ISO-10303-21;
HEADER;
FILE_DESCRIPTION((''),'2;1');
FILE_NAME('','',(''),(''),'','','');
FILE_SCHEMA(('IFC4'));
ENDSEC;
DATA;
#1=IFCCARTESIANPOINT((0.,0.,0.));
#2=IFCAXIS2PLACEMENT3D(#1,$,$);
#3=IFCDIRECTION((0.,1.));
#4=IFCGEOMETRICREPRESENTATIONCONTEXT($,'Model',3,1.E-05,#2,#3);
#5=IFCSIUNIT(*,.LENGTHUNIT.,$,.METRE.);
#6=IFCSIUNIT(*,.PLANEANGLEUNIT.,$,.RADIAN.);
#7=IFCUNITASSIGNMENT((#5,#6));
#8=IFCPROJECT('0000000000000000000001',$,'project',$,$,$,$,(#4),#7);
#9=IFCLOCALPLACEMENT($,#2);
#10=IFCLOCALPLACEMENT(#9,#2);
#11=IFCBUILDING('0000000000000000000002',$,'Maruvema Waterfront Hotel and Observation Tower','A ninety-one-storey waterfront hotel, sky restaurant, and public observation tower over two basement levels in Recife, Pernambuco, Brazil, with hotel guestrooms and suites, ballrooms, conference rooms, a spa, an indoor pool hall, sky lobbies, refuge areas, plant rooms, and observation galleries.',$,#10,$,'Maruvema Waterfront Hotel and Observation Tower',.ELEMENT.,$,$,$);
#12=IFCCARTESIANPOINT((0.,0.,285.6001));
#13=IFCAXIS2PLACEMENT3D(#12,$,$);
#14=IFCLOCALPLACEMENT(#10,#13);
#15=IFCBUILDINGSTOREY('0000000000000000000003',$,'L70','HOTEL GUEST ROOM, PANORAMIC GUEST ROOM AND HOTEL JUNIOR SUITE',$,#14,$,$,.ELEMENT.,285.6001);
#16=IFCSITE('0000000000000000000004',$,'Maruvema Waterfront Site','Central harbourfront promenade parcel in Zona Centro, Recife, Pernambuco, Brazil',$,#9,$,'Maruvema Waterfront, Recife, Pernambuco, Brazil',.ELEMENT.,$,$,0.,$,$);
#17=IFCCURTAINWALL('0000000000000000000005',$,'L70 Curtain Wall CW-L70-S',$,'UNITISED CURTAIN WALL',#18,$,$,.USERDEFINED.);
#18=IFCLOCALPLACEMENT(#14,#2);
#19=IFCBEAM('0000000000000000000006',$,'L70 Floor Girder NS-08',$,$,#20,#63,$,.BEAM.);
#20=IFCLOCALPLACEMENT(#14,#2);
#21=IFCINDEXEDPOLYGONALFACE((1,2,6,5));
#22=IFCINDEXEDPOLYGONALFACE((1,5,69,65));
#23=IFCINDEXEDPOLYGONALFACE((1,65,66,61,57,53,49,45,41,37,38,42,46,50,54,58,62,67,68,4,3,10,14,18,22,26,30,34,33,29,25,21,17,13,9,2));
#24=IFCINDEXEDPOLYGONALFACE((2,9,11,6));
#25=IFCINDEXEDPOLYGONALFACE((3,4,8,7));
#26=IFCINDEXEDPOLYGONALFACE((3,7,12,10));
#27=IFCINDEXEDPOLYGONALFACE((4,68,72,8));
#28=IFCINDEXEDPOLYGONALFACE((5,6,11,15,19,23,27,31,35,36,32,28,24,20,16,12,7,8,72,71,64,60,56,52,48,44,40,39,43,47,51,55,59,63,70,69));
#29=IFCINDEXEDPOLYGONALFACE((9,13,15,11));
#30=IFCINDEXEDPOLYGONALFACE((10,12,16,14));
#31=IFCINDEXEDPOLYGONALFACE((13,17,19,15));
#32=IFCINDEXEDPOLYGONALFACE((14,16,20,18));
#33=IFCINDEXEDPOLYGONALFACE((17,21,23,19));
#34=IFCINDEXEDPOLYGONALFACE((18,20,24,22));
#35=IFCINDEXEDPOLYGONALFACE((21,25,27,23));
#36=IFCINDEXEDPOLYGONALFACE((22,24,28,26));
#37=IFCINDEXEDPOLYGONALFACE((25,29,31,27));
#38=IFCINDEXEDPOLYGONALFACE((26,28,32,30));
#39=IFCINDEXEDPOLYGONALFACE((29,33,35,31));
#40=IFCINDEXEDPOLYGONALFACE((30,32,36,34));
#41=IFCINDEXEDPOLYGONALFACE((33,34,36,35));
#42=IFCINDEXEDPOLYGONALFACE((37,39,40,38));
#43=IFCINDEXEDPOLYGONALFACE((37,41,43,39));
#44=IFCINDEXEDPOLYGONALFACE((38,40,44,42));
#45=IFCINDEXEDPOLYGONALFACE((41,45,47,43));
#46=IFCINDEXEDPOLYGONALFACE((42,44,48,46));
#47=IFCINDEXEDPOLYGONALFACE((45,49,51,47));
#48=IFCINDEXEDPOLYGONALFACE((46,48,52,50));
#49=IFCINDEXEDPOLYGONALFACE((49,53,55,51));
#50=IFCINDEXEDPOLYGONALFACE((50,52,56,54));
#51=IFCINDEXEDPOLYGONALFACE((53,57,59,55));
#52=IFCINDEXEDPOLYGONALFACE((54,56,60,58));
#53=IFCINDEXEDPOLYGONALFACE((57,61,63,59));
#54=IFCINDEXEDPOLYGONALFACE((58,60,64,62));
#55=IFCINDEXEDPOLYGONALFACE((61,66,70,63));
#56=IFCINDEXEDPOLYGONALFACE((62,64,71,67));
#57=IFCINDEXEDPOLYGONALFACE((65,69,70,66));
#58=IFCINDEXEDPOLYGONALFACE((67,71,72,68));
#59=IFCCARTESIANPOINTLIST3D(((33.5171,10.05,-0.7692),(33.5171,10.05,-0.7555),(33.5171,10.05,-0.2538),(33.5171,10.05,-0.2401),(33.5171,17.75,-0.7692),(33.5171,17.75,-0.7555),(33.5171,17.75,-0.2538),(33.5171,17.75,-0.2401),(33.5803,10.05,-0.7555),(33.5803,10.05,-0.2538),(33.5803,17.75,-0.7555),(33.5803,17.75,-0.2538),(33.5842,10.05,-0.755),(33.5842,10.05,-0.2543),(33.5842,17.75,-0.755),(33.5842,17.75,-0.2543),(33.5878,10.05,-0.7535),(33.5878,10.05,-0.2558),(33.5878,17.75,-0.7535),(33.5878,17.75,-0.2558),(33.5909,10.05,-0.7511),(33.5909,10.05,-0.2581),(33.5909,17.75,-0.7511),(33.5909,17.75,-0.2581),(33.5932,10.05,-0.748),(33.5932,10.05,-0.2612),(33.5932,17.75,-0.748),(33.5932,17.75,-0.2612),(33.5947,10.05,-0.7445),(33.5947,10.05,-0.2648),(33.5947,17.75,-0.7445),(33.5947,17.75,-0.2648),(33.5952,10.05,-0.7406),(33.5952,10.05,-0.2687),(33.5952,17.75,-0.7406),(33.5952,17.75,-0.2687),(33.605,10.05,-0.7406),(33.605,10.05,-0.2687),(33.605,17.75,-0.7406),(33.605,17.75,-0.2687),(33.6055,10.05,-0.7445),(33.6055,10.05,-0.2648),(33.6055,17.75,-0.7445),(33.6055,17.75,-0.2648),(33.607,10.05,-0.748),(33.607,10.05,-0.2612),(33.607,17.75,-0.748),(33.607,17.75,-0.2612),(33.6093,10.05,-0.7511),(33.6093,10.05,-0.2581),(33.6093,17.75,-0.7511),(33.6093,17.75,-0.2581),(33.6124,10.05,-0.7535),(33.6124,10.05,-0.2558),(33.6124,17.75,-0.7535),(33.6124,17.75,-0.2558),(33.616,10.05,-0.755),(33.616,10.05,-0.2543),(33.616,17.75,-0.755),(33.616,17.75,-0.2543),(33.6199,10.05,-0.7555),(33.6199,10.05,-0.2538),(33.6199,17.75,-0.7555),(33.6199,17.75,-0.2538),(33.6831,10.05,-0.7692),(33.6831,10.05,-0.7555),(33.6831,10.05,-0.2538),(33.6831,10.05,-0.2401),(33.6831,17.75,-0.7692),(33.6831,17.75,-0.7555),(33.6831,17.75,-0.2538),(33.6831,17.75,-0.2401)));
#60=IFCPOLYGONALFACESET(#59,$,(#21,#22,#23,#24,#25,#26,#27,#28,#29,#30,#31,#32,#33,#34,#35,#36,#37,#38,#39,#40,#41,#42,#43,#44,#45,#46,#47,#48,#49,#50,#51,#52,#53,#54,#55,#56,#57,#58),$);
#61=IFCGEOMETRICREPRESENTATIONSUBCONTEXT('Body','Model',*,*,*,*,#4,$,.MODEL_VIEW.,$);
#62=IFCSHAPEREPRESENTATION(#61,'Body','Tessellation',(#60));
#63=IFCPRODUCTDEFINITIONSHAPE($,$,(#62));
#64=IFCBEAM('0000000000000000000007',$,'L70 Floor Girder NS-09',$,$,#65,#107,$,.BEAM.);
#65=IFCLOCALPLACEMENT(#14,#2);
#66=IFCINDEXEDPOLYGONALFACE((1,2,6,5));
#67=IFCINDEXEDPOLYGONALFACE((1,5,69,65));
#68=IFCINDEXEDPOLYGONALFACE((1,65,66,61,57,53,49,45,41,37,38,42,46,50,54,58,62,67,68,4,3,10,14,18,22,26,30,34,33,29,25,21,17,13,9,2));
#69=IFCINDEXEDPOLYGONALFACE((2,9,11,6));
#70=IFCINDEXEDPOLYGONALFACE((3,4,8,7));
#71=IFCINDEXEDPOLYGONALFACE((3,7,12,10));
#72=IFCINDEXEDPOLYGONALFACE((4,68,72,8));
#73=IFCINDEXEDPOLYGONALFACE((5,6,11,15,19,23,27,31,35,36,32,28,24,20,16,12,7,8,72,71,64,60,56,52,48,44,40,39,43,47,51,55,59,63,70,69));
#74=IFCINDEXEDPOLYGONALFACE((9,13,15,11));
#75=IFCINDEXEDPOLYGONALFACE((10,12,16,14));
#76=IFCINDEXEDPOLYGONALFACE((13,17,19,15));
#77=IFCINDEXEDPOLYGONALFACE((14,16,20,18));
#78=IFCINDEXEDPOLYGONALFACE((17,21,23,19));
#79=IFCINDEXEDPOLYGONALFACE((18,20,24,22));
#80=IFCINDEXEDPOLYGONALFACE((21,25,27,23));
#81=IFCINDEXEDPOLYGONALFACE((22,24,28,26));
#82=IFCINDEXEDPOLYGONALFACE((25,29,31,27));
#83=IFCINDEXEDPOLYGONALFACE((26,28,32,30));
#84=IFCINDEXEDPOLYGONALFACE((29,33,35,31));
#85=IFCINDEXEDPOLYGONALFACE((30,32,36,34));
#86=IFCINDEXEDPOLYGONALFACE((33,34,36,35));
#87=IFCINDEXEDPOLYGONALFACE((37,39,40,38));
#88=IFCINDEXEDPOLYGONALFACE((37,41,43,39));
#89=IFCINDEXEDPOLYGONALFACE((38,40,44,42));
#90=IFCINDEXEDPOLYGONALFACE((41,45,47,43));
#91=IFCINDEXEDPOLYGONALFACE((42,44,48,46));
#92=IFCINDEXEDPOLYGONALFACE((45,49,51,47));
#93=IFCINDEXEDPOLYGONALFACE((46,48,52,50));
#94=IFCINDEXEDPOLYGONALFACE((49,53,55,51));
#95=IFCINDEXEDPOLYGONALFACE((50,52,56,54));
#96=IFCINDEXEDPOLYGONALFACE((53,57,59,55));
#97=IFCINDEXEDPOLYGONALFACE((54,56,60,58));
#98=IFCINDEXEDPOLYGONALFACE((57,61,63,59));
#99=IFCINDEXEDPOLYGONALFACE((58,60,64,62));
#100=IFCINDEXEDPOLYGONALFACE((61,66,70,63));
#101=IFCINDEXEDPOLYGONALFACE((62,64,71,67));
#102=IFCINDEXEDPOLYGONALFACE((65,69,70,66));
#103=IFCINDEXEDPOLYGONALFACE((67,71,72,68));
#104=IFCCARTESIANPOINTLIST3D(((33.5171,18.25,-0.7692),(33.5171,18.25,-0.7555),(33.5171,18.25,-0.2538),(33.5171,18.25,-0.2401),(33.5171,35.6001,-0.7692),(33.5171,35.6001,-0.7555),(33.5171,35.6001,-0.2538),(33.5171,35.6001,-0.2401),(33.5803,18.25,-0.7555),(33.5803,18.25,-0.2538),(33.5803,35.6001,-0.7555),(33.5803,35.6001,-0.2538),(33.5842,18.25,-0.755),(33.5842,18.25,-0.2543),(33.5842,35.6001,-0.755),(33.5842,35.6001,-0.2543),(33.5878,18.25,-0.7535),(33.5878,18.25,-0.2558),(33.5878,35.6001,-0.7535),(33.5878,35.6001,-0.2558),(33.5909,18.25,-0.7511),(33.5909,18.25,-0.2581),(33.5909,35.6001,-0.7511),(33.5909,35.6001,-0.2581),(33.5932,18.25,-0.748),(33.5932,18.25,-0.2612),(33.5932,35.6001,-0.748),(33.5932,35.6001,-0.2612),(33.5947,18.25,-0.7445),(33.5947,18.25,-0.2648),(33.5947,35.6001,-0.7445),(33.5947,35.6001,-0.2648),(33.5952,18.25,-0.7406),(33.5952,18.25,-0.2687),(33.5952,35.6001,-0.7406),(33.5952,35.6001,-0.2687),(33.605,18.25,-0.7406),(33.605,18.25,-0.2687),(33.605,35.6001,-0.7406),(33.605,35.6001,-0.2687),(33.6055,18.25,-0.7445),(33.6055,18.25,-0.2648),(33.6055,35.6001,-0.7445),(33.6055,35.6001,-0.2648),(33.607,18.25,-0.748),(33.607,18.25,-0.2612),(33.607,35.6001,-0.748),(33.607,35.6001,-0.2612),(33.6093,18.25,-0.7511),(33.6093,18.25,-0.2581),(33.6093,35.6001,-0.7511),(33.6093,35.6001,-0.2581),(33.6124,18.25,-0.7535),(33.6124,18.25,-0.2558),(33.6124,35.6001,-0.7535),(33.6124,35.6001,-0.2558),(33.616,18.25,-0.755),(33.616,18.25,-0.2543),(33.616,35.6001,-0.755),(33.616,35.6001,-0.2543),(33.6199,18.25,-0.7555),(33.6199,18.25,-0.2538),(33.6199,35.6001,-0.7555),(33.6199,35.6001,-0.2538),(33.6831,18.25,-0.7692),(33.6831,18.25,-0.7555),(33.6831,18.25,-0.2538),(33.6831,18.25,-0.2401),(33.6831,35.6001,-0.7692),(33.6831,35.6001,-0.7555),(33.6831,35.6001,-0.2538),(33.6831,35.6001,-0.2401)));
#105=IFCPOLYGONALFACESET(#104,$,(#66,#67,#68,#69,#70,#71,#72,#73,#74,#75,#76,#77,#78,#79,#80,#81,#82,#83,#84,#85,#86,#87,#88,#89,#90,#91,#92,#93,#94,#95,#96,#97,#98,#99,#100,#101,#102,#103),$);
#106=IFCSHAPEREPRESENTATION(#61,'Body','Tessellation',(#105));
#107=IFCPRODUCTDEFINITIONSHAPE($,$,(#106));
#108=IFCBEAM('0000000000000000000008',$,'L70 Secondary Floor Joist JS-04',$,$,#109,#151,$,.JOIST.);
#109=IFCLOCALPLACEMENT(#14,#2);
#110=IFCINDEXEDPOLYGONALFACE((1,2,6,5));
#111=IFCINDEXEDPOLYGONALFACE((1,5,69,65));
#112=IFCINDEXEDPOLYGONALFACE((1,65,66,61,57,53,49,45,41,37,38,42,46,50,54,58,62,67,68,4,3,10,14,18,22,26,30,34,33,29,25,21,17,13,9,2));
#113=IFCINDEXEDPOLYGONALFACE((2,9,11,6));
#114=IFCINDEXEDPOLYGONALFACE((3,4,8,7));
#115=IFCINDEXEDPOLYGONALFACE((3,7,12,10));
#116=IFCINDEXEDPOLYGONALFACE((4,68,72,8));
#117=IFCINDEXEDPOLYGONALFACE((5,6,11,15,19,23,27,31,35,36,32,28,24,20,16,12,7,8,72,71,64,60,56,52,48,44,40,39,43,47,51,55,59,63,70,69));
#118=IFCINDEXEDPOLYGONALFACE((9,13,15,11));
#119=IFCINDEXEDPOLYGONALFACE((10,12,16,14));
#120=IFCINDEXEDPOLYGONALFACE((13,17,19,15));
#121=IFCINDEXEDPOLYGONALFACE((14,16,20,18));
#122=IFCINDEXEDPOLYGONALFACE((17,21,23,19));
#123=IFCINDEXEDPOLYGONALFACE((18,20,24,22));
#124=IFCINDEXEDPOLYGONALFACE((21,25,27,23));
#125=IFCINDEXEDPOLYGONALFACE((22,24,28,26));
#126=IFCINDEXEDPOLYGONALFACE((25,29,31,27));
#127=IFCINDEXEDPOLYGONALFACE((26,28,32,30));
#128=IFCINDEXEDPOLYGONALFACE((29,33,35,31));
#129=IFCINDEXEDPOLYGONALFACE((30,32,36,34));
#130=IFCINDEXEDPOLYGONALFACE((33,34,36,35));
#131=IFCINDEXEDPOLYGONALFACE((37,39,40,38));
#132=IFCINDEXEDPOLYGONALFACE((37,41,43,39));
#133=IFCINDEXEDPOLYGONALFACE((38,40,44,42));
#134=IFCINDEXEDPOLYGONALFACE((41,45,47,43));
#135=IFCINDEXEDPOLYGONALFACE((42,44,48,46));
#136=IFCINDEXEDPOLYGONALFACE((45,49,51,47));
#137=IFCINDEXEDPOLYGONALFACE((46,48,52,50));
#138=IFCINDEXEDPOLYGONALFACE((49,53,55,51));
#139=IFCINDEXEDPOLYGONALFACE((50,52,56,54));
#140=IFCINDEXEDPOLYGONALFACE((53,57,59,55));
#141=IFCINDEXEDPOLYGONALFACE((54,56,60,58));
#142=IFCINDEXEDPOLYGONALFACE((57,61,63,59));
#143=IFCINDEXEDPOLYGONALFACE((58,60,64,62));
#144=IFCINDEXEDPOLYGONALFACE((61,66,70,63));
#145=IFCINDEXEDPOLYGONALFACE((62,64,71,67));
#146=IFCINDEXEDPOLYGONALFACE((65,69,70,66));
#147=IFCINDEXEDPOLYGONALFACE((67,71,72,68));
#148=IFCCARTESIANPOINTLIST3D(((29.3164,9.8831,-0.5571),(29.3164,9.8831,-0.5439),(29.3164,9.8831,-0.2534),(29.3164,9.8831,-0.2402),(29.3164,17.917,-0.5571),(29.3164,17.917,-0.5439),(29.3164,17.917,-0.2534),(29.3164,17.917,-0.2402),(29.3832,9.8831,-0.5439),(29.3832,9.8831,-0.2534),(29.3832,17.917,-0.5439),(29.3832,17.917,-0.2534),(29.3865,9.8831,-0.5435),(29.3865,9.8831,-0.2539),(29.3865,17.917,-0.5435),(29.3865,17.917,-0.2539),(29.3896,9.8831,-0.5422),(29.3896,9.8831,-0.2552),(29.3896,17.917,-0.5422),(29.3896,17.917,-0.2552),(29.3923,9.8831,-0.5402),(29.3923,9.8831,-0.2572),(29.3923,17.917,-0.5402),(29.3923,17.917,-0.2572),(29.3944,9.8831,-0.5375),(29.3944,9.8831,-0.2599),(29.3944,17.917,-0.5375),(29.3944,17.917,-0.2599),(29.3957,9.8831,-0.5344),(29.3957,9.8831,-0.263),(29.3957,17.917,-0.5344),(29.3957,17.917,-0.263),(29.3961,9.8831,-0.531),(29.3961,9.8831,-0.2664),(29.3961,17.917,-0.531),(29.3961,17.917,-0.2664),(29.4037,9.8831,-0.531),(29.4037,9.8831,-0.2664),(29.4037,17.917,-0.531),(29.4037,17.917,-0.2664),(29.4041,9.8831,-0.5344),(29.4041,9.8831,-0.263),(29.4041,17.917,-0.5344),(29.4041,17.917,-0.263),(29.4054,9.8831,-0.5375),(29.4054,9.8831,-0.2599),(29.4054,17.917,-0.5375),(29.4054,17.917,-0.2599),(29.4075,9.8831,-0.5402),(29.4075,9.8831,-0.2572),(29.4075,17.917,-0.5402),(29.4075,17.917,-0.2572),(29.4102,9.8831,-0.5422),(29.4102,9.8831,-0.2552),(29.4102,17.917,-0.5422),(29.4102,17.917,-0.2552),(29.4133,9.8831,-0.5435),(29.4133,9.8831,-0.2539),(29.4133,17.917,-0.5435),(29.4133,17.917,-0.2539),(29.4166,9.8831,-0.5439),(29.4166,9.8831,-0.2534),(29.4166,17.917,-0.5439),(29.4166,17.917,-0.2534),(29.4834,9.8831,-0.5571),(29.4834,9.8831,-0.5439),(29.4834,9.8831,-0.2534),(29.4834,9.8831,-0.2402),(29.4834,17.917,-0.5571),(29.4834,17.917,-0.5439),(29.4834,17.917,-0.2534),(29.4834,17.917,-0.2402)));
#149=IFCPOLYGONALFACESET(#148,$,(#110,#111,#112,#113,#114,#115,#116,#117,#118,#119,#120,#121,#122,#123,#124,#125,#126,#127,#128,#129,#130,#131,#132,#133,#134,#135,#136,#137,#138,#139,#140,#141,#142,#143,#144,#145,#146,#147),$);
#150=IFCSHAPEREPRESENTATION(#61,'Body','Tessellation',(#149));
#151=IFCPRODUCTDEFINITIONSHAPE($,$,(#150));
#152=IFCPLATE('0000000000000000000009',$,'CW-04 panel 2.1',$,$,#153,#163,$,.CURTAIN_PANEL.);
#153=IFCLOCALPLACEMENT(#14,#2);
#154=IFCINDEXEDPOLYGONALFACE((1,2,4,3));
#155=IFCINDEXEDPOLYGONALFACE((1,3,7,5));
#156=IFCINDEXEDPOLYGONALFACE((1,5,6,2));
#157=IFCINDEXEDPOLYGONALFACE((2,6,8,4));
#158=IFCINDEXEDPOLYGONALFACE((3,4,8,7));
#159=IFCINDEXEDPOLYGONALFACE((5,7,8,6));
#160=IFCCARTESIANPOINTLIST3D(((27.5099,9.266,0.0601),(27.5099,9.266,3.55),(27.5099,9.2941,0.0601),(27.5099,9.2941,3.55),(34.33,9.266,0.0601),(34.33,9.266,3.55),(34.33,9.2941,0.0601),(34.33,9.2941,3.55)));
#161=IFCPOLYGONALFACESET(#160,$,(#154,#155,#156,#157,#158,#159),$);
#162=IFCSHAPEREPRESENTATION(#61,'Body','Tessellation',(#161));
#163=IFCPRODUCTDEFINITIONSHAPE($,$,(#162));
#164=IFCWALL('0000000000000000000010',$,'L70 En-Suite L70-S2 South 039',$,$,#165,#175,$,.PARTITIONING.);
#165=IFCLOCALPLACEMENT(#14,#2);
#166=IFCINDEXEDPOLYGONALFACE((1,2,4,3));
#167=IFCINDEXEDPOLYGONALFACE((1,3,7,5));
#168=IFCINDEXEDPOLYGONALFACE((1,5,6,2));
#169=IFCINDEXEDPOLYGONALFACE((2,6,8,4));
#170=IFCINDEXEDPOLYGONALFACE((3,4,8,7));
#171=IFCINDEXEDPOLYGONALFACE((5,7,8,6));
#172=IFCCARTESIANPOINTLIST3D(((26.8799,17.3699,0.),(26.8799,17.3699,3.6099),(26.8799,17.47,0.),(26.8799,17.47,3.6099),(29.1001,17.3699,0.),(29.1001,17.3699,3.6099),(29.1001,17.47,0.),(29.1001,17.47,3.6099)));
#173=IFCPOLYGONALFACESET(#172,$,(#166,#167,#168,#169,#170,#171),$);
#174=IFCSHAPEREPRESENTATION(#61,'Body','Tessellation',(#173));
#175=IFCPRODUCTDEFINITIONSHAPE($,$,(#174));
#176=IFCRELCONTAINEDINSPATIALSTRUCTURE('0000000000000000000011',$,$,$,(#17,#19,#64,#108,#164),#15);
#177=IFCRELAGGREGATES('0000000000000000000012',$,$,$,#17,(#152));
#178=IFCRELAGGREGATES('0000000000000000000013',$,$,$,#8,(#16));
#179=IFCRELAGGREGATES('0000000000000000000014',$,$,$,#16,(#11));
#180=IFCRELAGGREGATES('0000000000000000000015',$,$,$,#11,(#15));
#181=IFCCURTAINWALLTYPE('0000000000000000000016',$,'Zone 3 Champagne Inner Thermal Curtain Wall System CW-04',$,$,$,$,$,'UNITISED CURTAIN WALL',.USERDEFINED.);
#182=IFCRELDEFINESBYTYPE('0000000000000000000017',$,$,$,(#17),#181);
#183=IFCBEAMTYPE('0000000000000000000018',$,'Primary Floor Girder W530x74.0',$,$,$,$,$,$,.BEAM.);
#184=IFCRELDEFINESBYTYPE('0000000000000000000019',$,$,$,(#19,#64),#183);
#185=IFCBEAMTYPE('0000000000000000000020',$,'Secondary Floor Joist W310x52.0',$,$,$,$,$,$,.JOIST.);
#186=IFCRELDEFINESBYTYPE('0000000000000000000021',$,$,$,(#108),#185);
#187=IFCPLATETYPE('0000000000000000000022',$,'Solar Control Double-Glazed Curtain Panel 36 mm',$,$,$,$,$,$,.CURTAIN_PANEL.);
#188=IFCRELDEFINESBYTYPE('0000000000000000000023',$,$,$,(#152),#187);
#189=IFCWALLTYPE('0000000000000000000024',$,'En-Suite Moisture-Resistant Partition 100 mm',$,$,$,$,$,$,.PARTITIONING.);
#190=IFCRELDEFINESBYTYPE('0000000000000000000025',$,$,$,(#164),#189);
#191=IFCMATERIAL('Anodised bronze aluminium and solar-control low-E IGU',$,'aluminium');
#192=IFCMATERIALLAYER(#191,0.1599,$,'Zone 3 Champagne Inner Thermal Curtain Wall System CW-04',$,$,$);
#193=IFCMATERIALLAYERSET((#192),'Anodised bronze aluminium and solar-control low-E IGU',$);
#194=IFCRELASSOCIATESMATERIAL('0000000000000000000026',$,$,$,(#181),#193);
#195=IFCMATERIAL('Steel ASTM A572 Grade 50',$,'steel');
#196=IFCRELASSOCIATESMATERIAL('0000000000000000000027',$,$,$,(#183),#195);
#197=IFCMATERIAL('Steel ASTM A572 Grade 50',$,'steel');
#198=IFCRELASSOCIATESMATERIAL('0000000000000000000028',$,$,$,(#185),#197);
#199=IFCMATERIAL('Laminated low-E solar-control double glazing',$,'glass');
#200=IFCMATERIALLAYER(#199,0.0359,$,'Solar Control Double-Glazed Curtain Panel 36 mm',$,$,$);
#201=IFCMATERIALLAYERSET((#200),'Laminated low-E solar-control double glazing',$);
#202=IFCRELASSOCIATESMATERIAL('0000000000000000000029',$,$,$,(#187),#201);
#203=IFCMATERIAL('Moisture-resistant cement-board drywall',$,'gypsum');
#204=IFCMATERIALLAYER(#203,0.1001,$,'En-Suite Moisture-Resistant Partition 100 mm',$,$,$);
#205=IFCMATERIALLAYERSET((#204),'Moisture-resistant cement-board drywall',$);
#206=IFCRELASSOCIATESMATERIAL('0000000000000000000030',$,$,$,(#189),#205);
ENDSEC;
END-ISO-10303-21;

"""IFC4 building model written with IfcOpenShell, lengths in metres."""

from ifc_helpers import new_model, si_unit, direction, frame, frame_2d, origin, origin_2d, place, context, subcontext, project, spatial, rectangle, i_section, extrude, material, layer, layer_set, material_profile, profile_set, type_object, element, aggregate, save


model = new_model("IFC4")

# Units and contexts
model_context = context("Model", 3, precision=1e-05, world=origin(), true_north=direction((0.0, 1.0)))
body_context = subcontext(model_context, "Body", "Model", "MODEL_VIEW")
ifc_project = project(units=[si_unit("LENGTHUNIT", "METRE"), si_unit("PLANEANGLEUNIT", "RADIAN")], contexts=[model_context])

# Site, building, storey
site_placement = place(None, origin())
site = spatial("IfcSite", under=ifc_project, at=site_placement, Name="Maruvema Waterfront Site", Description="Central harbourfront promenade parcel in Zona Centro, Recife, Pernambuco, Brazil", LongName="Maruvema Waterfront, Recife, Pernambuco, Brazil", CompositionType="ELEMENT", RefElevation=0.0)
building_placement = place(site_placement, origin())
building = spatial("IfcBuilding", under=site, at=building_placement, Name="Maruvema Waterfront Hotel and Observation Tower", Description="A ninety-one-storey waterfront hotel, sky restaurant, and public observation tower over two basement levels in Recife, Pernambuco, Brazil, with hotel guestrooms and suites, ballrooms, conference rooms, a spa, an indoor pool hall, sky lobbies, refuge areas, plant rooms, and observation galleries.", LongName="Maruvema Waterfront Hotel and Observation Tower", CompositionType="ELEMENT")
storey_placement = place(building_placement, frame((0.0, 0.0, 285.6001)))
storey = spatial("IfcBuildingStorey", under=building, at=storey_placement, Name="L70", Description="HOTEL GUEST ROOM, PANORAMIC GUEST ROOM AND HOTEL JUNIOR SUITE", CompositionType="ELEMENT", Elevation=285.6001)

# Curtain wall
ifc_material_1 = material(Name="Anodised bronze aluminium and solar-control low-E IGU", Category="aluminium")
ifc_layer_1 = layer(ifc_material_1, 0.1599, Name="Zone 3 Champagne Inner Thermal Curtain Wall System CW-04")
ifc_layer_set_1 = layer_set([ifc_layer_1], Name="Anodised bronze aluminium and solar-control low-E IGU")
curtain_wall_type = type_object("IfcCurtainWallType", Name="Zone 3 Champagne Inner Thermal Curtain Wall System CW-04", ElementType="UNITISED CURTAIN WALL", PredefinedType="USERDEFINED", material=ifc_layer_set_1)
curtain_wall_placement = place(storey_placement, origin())
curtain_wall = element("IfcCurtainWall", 1, at=curtain_wall_placement, inside=storey, type_object=curtain_wall_type, Name="L70 Curtain Wall CW-L70-S", ObjectType="UNITISED CURTAIN WALL", PredefinedType="USERDEFINED")

# Beams
ifc_material_2 = material(Name="Steel ASTM A572 Grade 50", Category="steel")
ifc_material_profile_1 = material_profile(ifc_material_2, i_section(OverallWidth=0.166, OverallDepth=0.5291, WebThickness=0.0098, FlangeThickness=0.0137, FilletRadius=0.0149, at=origin_2d()), Name="W530x74.0")
ifc_profile_set_1 = profile_set([ifc_material_profile_1], Name="Steel ASTM A572 Grade 50")
beam_type_1 = type_object("IfcBeamType", Name="Primary Floor Girder W530x74.0", PredefinedType="BEAM", material=ifc_profile_set_1)
beam_1_placement = place(storey_placement, frame((33.6001, 10.05, -0.5046), z_axis=(0.0, 1.0, 0.0), x_axis=(-1.0, 0.0, 0.0)))
element("IfcBeam", 2, at=beam_1_placement, inside=storey, type_object=beam_type_1, Name="L70 Floor Girder NS-08", PredefinedType="BEAM", context=body_context, shape_type="SweptSolid", body=[
    extrude(i_section(OverallWidth=0.166, OverallDepth=0.5291, WebThickness=0.0098, FlangeThickness=0.0137, FilletRadius=0.0149, at=origin_2d()), origin(), (0.0, 0.0, 1.0), 7.7),
])
beam_2_placement = place(storey_placement, frame((33.6001, 18.25, -0.5046), z_axis=(0.0, 1.0, 0.0), x_axis=(-1.0, 0.0, 0.0)))
element("IfcBeam", 3, at=beam_2_placement, inside=storey, type_object=beam_type_1, Name="L70 Floor Girder NS-09", PredefinedType="BEAM", context=body_context, shape_type="SweptSolid", body=[
    extrude(i_section(OverallWidth=0.166, OverallDepth=0.5291, WebThickness=0.0098, FlangeThickness=0.0137, FilletRadius=0.0149, at=origin_2d()), origin(), (0.0, 0.0, 1.0), 17.3501),
])
ifc_material_3 = material(Name="Steel ASTM A572 Grade 50", Category="steel")
ifc_material_profile_2 = material_profile(ifc_material_3, i_section(OverallWidth=0.167, OverallDepth=0.3169, WebThickness=0.0076, FlangeThickness=0.0132, FilletRadius=0.0129, at=origin_2d()), Name="W310x52.0")
ifc_profile_set_2 = profile_set([ifc_material_profile_2], Name="Steel ASTM A572 Grade 50")
beam_type_2 = type_object("IfcBeamType", Name="Secondary Floor Joist W310x52.0", PredefinedType="JOIST", material=ifc_profile_set_2)
beam_3_placement = place(storey_placement, frame((29.3999, 9.8831, -0.3987), z_axis=(0.0, 1.0, 0.0), x_axis=(-1.0, 0.0, 0.0)))
element("IfcBeam", 4, at=beam_3_placement, inside=storey, type_object=beam_type_2, Name="L70 Secondary Floor Joist JS-04", PredefinedType="JOIST", context=body_context, shape_type="SweptSolid", body=[
    extrude(i_section(OverallWidth=0.167, OverallDepth=0.3169, WebThickness=0.0076, FlangeThickness=0.0132, FilletRadius=0.0129, at=origin_2d()), origin(), (0.0, 0.0, 1.0), 8.0339),
])

# Plate
ifc_material_4 = material(Name="Laminated low-E solar-control double glazing", Category="glass")
ifc_layer_2 = layer(ifc_material_4, 0.0359, Name="Solar Control Double-Glazed Curtain Panel 36 mm")
ifc_layer_set_2 = layer_set([ifc_layer_2], Name="Laminated low-E solar-control double glazing")
plate_type = type_object("IfcPlateType", Name="Solar Control Double-Glazed Curtain Panel 36 mm", PredefinedType="CURTAIN_PANEL", material=ifc_layer_set_2)
plate_placement = place(storey_placement, frame((30.9199, 9.28, 0.0601), z_axis=(0.0, 0.0, 1.0), x_axis=(1.0, 0.0, 0.0)))
plate = element("IfcPlate", 5, at=plate_placement, type_object=plate_type, Name="CW-04 panel 2.1", PredefinedType="CURTAIN_PANEL", context=body_context, shape_type="SweptSolid", body=[
    extrude(rectangle(XDim=6.8201, YDim=0.0281, at=origin_2d()), origin(), (0.0, 0.0, 1.0), 3.49),
])
aggregate(curtain_wall, [plate])

# Wall
ifc_material_5 = material(Name="Moisture-resistant cement-board drywall", Category="gypsum")
ifc_layer_3 = layer(ifc_material_5, 0.1001, Name="En-Suite Moisture-Resistant Partition 100 mm")
ifc_layer_set_3 = layer_set([ifc_layer_3], Name="Moisture-resistant cement-board drywall")
wall_type_1 = type_object("IfcWallType", Name="En-Suite Moisture-Resistant Partition 100 mm", PredefinedType="PARTITIONING", material=ifc_layer_set_3)
wall_1_placement = place(storey_placement, frame((26.8799, 17.4199, 0.0), z_axis=(0.0, 0.0, 1.0), x_axis=(1.0, 0.0, 0.0)))
element("IfcWall", 6, at=wall_1_placement, inside=storey, type_object=wall_type_1, Name="L70 En-Suite L70-S2 South 039", PredefinedType="PARTITIONING", context=body_context, shape_type="SweptSolid", body=[
    extrude(rectangle(XDim=2.2202, YDim=0.1001, at=frame_2d((1.1101, 0.0))), origin(), (0.0, 0.0, 1.0), 3.6099),
])

save(model, "model.ifc")
